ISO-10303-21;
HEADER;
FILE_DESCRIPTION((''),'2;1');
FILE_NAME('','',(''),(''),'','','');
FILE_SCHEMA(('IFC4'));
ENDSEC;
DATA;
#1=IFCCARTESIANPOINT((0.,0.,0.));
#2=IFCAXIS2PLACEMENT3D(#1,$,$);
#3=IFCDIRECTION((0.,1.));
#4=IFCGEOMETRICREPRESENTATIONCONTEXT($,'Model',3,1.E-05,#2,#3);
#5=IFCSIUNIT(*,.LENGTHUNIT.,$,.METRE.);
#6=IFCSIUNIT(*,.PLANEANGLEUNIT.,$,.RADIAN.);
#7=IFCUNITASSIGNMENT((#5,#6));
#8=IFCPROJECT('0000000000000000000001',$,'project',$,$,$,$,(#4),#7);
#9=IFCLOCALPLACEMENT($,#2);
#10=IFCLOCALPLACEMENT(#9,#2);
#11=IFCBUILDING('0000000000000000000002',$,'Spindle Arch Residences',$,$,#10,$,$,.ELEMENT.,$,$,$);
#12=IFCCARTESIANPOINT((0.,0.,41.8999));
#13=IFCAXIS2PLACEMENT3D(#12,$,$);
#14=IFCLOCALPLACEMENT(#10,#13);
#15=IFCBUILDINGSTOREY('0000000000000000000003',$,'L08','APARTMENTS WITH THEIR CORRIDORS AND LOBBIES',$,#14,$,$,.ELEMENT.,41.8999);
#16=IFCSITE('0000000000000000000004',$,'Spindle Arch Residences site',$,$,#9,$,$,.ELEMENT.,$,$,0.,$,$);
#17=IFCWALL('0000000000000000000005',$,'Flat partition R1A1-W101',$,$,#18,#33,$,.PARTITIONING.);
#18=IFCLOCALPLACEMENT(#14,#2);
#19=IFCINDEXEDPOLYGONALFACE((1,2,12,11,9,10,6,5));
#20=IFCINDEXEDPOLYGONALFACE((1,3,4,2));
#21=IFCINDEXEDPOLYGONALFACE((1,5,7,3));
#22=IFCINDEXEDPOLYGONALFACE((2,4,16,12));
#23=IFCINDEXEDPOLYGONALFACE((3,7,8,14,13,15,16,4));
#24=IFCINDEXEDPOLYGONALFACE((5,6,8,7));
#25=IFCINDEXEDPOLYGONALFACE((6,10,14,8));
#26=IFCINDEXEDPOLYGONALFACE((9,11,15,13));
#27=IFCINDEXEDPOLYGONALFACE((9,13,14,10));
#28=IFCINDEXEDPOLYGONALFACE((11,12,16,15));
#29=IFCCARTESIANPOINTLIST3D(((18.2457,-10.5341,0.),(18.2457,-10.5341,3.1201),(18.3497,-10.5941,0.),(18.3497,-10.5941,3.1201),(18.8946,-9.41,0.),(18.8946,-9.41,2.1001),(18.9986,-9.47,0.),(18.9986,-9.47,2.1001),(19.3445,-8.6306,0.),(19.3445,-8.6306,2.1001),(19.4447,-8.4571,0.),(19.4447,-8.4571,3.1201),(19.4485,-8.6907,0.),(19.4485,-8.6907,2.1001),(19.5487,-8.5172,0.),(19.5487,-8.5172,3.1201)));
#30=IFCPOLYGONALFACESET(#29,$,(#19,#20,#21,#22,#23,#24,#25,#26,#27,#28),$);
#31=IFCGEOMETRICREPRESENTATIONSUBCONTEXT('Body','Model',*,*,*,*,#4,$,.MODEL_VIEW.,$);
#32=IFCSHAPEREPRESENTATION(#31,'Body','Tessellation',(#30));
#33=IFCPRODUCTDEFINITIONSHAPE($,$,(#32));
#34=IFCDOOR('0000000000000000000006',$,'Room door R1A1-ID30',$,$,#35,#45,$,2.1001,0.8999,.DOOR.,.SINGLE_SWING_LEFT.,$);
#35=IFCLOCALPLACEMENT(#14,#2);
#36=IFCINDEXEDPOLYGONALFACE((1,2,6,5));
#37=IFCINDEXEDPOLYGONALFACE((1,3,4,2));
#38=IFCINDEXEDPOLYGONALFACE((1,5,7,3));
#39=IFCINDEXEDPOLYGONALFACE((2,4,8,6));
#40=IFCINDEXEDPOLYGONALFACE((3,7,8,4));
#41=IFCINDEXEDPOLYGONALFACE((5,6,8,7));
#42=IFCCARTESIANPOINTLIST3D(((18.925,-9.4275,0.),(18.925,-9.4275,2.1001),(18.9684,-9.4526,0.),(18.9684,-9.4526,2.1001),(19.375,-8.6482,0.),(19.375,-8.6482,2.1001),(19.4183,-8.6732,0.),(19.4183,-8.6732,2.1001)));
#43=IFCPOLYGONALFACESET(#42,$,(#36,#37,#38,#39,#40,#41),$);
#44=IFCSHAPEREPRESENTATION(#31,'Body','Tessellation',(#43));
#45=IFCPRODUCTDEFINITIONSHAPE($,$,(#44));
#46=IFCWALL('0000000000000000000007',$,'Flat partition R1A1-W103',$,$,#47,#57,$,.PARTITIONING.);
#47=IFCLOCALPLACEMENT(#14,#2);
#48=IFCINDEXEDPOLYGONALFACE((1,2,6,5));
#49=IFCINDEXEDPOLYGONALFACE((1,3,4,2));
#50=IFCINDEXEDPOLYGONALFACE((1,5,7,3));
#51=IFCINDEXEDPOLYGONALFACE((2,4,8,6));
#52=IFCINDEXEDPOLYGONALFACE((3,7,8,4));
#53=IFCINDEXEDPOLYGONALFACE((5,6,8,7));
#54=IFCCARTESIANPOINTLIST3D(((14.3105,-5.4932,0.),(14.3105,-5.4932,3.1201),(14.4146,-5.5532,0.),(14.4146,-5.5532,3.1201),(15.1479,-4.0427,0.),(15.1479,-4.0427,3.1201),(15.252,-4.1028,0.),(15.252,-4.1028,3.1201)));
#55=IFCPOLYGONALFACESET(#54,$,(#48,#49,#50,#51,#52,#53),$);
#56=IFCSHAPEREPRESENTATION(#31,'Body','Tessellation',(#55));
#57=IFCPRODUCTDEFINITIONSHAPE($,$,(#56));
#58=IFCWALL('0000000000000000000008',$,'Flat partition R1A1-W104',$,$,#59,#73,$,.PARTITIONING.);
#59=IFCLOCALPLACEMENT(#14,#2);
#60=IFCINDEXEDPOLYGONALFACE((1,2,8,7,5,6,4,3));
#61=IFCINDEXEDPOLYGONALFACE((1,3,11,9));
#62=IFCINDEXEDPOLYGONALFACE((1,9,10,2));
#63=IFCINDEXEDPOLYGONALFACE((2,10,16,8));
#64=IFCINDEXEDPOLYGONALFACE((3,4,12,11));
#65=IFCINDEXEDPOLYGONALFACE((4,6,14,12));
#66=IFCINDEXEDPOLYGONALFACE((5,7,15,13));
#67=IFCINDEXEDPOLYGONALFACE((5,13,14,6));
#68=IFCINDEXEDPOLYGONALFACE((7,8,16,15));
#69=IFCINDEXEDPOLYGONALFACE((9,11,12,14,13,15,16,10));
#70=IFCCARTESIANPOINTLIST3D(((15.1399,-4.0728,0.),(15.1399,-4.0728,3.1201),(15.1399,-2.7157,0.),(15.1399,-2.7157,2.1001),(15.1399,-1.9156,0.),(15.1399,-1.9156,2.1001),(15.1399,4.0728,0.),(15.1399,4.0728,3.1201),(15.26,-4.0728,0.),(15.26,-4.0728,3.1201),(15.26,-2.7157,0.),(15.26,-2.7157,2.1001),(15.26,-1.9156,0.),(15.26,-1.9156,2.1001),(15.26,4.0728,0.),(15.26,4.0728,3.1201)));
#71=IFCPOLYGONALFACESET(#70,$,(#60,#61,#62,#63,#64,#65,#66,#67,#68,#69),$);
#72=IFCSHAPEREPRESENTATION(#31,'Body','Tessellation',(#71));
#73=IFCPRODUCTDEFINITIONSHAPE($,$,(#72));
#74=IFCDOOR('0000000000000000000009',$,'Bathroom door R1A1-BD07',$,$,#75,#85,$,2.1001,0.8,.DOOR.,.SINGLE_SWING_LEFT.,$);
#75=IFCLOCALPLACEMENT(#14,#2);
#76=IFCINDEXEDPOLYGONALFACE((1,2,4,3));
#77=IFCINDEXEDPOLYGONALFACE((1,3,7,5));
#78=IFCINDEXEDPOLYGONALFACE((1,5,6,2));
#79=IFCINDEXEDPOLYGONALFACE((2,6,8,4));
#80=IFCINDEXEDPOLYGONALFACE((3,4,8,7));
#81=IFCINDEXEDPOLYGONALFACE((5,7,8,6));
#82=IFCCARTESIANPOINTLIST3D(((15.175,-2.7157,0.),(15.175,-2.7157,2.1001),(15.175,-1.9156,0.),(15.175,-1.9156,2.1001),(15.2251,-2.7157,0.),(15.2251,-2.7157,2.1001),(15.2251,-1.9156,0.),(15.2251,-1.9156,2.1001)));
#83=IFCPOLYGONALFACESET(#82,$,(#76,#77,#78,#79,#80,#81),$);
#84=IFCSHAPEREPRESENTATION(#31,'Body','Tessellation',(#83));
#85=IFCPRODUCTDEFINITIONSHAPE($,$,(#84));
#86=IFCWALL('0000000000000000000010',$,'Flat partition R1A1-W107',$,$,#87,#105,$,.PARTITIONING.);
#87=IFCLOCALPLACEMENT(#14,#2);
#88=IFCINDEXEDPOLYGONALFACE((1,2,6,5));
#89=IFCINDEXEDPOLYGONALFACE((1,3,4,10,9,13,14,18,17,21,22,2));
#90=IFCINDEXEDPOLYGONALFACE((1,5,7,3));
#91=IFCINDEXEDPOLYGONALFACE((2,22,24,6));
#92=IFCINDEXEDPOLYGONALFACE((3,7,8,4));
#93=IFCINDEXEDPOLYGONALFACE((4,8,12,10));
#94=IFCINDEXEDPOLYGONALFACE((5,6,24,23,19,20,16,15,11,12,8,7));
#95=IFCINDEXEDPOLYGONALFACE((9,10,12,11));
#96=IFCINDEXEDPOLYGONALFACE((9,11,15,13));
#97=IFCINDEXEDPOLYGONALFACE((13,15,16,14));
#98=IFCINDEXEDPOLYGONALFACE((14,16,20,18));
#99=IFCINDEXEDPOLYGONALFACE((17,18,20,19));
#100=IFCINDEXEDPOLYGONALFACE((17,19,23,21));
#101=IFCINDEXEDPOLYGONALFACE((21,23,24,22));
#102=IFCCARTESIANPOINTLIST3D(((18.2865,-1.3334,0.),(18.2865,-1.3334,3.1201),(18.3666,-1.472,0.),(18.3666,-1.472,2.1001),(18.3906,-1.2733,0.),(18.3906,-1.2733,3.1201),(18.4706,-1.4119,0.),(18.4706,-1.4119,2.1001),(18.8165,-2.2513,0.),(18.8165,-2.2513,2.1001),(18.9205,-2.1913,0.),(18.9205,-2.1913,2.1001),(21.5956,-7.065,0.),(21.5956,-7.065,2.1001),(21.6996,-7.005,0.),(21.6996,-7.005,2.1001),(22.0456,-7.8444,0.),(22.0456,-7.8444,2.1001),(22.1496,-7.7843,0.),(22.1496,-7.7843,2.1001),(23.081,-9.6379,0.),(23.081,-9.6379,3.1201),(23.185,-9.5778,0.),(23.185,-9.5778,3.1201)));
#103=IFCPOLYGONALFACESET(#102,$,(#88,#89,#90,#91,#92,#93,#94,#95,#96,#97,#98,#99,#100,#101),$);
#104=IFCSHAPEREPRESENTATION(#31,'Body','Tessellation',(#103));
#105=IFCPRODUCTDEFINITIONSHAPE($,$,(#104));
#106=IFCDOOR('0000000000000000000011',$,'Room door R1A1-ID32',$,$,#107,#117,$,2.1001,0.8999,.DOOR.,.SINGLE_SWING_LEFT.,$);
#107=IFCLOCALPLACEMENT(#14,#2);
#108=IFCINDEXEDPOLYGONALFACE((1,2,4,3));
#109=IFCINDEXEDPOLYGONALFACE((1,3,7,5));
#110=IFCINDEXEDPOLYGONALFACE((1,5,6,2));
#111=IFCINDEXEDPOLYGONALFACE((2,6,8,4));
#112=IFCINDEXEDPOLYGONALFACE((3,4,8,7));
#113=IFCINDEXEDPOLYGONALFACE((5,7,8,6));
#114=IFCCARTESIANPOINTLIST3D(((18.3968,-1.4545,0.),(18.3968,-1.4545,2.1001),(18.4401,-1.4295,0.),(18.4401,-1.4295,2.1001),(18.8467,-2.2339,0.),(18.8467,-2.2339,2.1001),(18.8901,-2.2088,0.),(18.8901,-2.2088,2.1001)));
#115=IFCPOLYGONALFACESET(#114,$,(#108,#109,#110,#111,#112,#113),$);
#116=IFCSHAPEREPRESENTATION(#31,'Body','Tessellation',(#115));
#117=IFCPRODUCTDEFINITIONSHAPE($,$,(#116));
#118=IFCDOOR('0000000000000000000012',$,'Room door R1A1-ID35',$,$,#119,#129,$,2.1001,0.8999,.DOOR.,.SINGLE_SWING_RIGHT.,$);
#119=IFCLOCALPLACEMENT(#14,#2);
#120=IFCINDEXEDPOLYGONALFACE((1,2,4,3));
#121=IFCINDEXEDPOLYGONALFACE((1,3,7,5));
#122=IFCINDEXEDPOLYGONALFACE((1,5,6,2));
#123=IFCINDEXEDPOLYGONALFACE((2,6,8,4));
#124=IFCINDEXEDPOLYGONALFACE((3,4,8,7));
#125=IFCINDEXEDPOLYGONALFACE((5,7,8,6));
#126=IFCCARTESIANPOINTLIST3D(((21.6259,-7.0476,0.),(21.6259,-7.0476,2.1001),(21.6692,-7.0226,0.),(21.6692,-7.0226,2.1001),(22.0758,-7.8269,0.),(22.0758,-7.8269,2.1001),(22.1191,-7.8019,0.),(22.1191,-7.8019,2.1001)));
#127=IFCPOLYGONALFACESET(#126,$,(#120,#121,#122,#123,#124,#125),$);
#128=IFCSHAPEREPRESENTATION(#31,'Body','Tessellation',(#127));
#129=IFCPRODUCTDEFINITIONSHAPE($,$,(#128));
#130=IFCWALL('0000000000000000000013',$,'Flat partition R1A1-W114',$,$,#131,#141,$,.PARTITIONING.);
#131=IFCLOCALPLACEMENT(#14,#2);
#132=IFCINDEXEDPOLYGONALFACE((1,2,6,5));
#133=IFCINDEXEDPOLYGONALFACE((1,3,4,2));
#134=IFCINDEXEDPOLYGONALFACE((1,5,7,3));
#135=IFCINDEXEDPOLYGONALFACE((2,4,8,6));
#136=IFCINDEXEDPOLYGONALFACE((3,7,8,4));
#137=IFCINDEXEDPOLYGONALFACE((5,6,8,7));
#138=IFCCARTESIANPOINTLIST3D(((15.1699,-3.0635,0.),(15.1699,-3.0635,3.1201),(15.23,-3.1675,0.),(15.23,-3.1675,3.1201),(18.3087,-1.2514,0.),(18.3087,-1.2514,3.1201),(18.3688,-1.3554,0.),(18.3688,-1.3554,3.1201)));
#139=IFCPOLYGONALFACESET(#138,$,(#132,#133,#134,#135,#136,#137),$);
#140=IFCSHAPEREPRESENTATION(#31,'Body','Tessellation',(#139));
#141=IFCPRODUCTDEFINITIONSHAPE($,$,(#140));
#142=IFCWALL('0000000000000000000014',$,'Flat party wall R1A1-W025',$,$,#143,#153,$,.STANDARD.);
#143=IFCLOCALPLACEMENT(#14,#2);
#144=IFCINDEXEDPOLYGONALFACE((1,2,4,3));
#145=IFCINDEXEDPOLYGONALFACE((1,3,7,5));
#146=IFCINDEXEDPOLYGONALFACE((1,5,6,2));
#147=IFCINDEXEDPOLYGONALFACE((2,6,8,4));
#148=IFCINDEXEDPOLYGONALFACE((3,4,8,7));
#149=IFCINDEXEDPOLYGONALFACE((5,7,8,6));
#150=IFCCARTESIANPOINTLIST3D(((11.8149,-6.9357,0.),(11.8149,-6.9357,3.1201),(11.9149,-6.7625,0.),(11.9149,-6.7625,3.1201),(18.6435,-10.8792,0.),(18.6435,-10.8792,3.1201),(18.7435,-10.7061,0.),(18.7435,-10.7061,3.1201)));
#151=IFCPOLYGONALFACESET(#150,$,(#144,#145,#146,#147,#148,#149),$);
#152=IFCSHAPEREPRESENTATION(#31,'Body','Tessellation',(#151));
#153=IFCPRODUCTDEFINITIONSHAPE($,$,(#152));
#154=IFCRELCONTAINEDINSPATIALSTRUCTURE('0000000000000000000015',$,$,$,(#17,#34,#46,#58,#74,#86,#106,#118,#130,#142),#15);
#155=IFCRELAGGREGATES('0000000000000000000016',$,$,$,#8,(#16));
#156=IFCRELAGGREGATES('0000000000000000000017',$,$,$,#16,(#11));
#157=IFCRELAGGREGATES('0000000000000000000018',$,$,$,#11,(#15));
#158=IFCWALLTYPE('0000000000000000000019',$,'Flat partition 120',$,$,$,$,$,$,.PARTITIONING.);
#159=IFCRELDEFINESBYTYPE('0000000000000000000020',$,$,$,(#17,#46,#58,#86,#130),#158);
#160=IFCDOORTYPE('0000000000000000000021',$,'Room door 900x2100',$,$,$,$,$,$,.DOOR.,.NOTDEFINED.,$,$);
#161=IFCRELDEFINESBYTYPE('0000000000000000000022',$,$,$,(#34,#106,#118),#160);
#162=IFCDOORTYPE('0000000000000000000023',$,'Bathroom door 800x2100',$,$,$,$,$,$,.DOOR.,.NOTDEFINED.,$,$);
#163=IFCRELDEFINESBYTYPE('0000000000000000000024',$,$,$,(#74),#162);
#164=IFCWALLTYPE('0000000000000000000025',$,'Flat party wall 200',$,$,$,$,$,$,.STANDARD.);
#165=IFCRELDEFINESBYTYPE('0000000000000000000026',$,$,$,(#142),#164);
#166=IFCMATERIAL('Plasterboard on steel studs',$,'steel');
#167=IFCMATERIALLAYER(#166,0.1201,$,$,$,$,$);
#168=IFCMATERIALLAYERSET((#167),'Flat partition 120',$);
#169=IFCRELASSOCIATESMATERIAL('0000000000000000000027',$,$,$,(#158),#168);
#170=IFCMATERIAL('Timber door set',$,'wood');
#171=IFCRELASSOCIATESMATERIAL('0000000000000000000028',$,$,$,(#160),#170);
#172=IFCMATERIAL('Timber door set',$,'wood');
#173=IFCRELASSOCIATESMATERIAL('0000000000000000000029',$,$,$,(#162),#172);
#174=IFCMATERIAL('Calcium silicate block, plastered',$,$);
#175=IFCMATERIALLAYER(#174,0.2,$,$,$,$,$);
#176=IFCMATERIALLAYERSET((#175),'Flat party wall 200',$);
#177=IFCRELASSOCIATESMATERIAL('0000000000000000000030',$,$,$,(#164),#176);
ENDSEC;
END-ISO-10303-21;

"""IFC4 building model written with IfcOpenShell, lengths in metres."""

from ifc_helpers import new_model, si_unit, direction, frame, frame_2d, origin, place, context, subcontext, project, spatial, rectangle, extrude, material, layer, layer_set, type_object, element, fill, save


model = new_model("IFC4")

# Units and contexts
model_context = context("Model", 3, precision=1e-05, world=origin(), true_north=direction((0.0, 1.0)))
body_context = subcontext(model_context, "Body", "Model", "MODEL_VIEW")
ifc_project = project(units=[si_unit("LENGTHUNIT", "METRE"), si_unit("PLANEANGLEUNIT", "RADIAN")], contexts=[model_context])

# Site, building, storey
site_placement = place(None, origin())
site = spatial("IfcSite", under=ifc_project, at=site_placement, Name="Spindle Arch Residences site", CompositionType="ELEMENT", RefElevation=0.0)
building_placement = place(site_placement, origin())
building = spatial("IfcBuilding", under=site, at=building_placement, Name="Spindle Arch Residences", CompositionType="ELEMENT")
storey_placement = place(building_placement, frame((0.0, 0.0, 41.8999)))
storey = spatial("IfcBuildingStorey", under=building, at=storey_placement, Name="L08", Description="APARTMENTS WITH THEIR CORRIDORS AND LOBBIES", CompositionType="ELEMENT", Elevation=41.8999)

# Wall, opening, door
ifc_material_1 = material(Name="Plasterboard on steel studs", Category="steel")
ifc_layer_1 = layer(ifc_material_1, 0.1201)
ifc_layer_set_1 = layer_set([ifc_layer_1], Name="Flat partition 120")
wall_type_1 = type_object("IfcWallType", Name="Flat partition 120", PredefinedType="PARTITIONING", material=ifc_layer_set_1)
wall_1_placement = place(storey_placement, frame((18.2976, -10.5642, 0.0), z_axis=(0.0, 0.0, 1.0), x_axis=(0.49996, 0.866048, 0.0)))
wall_1 = element("IfcWall", 1, at=wall_1_placement, inside=storey, type_object=wall_type_1, Name="Flat partition R1A1-W101", PredefinedType="PARTITIONING", context=body_context, shape_type="SweptSolid", body=[
    extrude(rectangle(XDim=2.3982, YDim=0.1201, at=frame_2d((1.1992, 0.0))), origin(), (0.0, 0.0, 1.0), 3.1201),
])
opening_1_placement = place(wall_1_placement, frame((1.2981, 0.0, 0.0)))
opening_1 = element("IfcOpeningElement", 2, at=opening_1_placement, cuts=wall_1, PredefinedType="OPENING", context=body_context, shape_type="SweptSolid", body=[
    extrude(rectangle(XDim=0.8999, YDim=2.1001, at=frame_2d((0.45, 1.05))), frame((0.0, 0.0701, 0.0), z_axis=(0.0, -1.0, 0.0), x_axis=(1.0, 0.0, 0.0)), (0.0, 0.0, 1.0), 0.1401),
])
ifc_material_2 = material(Name="Timber door set", Category="wood")
door_type_1 = type_object("IfcDoorType", Name="Room door 900x2100", OperationType="NOTDEFINED", PredefinedType="DOOR", material=ifc_material_2)
door_1_placement = place(opening_1_placement, origin())
door_1 = element("IfcDoor", 3, at=door_1_placement, inside=storey, type_object=door_type_1, Name="Room door R1A1-ID30", OperationType="SINGLE_SWING_LEFT", OverallHeight=2.1001, OverallWidth=0.8999, PredefinedType="DOOR", context=body_context, shape_type="SweptSolid", body=[
    extrude(rectangle(XDim=0.8999, YDim=2.1001, at=frame_2d((0.45, 1.05))), frame((0.0, 0.0249, 0.0), z_axis=(0.0, -1.0, 0.0), x_axis=(1.0, 0.0, 0.0)), (0.0, 0.0, 1.0), 0.05),
])
fill(opening_1, door_1)

# Wall
wall_2_placement = place(storey_placement, frame((14.3625, -5.5232, 0.0), z_axis=(0.0, 0.0, 1.0), x_axis=(0.499996, 0.866028, 0.0)))
element("IfcWall", 4, at=wall_2_placement, inside=storey, type_object=wall_type_1, Name="Flat partition R1A1-W103", PredefinedType="PARTITIONING", context=body_context, shape_type="SweptSolid", body=[
    extrude(rectangle(XDim=1.6748, YDim=0.1201, at=frame_2d((0.8374, 0.0))), origin(), (0.0, 0.0, 1.0), 3.1201),
])

# Wall, opening, door
wall_3_placement = place(storey_placement, frame((15.2, -4.0728, 0.0), z_axis=(0.0, 0.0, 1.0), x_axis=(0.0, 1.0, 0.0)))
wall_3 = element("IfcWall", 5, at=wall_3_placement, inside=storey, type_object=wall_type_1, Name="Flat partition R1A1-W104", PredefinedType="PARTITIONING", context=body_context, shape_type="SweptSolid", body=[
    extrude(rectangle(XDim=8.1455, YDim=0.1201, at=frame_2d((4.0728, 0.0))), origin(), (0.0, 0.0, 1.0), 3.1201),
])
opening_2_placement = place(wall_3_placement, frame((1.3572, 0.0, 0.0)))
opening_2 = element("IfcOpeningElement", 6, at=opening_2_placement, cuts=wall_3, PredefinedType="OPENING", context=body_context, shape_type="SweptSolid", body=[
    extrude(rectangle(XDim=0.8, YDim=2.1001, at=frame_2d((0.3999, 1.05))), frame((0.0, 0.0701, 0.0), z_axis=(0.0, -1.0, 0.0), x_axis=(1.0, 0.0, 0.0)), (0.0, 0.0, 1.0), 0.1401),
])
ifc_material_3 = material(Name="Timber door set", Category="wood")
door_type_2 = type_object("IfcDoorType", Name="Bathroom door 800x2100", OperationType="NOTDEFINED", PredefinedType="DOOR", material=ifc_material_3)
door_2_placement = place(opening_2_placement, origin())
door_2 = element("IfcDoor", 7, at=door_2_placement, inside=storey, type_object=door_type_2, Name="Bathroom door R1A1-BD07", OperationType="SINGLE_SWING_LEFT", OverallHeight=2.1001, OverallWidth=0.8, PredefinedType="DOOR", context=body_context, shape_type="SweptSolid", body=[
    extrude(rectangle(XDim=0.8, YDim=2.1001, at=frame_2d((0.3999, 1.05))), frame((0.0, 0.0249, 0.0), z_axis=(0.0, -1.0, 0.0), x_axis=(1.0, 0.0, 0.0)), (0.0, 0.0, 1.0), 0.05),
])
fill(opening_2, door_2)

# Wall, openings, doors
wall_4_placement = place(storey_placement, frame((18.3386, -1.3035, 0.0), z_axis=(0.0, 0.0, 1.0), x_axis=(0.499989, -0.866032, 0.0)))
wall_4 = element("IfcWall", 8, at=wall_4_placement, inside=storey, type_object=wall_type_1, Name="Flat partition R1A1-W107", PredefinedType="PARTITIONING", context=body_context, shape_type="SweptSolid", body=[
    extrude(rectangle(XDim=9.5891, YDim=0.1201, at=frame_2d((4.7944, 0.0))), origin(), (0.0, 0.0, 1.0), 3.1201),
])
opening_3_placement = place(wall_4_placement, frame((0.1599, 0.0, 0.0)))
opening_3 = element("IfcOpeningElement", 9, at=opening_3_placement, cuts=wall_4, PredefinedType="OPENING", context=body_context, shape_type="SweptSolid", body=[
    extrude(rectangle(XDim=0.8999, YDim=2.1001, at=frame_2d((0.45, 1.05))), frame((0.0, 0.0701, 0.0), z_axis=(0.0, -1.0, 0.0), x_axis=(1.0, 0.0, 0.0)), (0.0, 0.0, 1.0), 0.1401),
])
opening_4_placement = place(wall_4_placement, frame((6.6182, 0.0, 0.0)))
opening_4 = element("IfcOpeningElement", 10, at=opening_4_placement, cuts=wall_4, PredefinedType="OPENING", context=body_context, shape_type="SweptSolid", body=[
    extrude(rectangle(XDim=0.8999, YDim=2.1001, at=frame_2d((0.45, 1.05))), frame((0.0, 0.0701, 0.0), z_axis=(0.0, -1.0, 0.0), x_axis=(1.0, 0.0, 0.0)), (0.0, 0.0, 1.0), 0.1401),
])
door_3_placement = place(opening_3_placement, origin())
door_3 = element("IfcDoor", 11, at=door_3_placement, inside=storey, type_object=door_type_1, Name="Room door R1A1-ID32", OperationType="SINGLE_SWING_LEFT", OverallHeight=2.1001, OverallWidth=0.8999, PredefinedType="DOOR", context=body_context, shape_type="SweptSolid", body=[
    extrude(rectangle(XDim=0.8999, YDim=2.1001, at=frame_2d((0.45, 1.05))), frame((0.0, 0.0249, 0.0), z_axis=(0.0, -1.0, 0.0), x_axis=(1.0, 0.0, 0.0)), (0.0, 0.0, 1.0), 0.05),
])
fill(opening_3, door_3)
door_4_placement = place(opening_4_placement, origin())
door_4 = element("IfcDoor", 12, at=door_4_placement, inside=storey, type_object=door_type_1, Name="Room door R1A1-ID35", OperationType="SINGLE_SWING_RIGHT", OverallHeight=2.1001, OverallWidth=0.8999, PredefinedType="DOOR", context=body_context, shape_type="SweptSolid", body=[
    extrude(rectangle(XDim=0.8999, YDim=2.1001, at=frame_2d((0.45, 1.05))), frame((0.0, 0.0249, 0.0), z_axis=(0.0, -1.0, 0.0), x_axis=(1.0, 0.0, 0.0)), (0.0, 0.0, 1.0), 0.05),
])
fill(opening_4, door_4)

# Walls
wall_5_placement = place(storey_placement, frame((18.3386, -1.3035, 0.0), z_axis=(0.0, 0.0, 1.0), x_axis=(-0.866038, -0.499979, 0.0)))
element("IfcWall", 13, at=wall_5_placement, inside=storey, type_object=wall_type_1, Name="Flat partition R1A1-W114", PredefinedType="PARTITIONING", context=body_context, shape_type="SweptSolid", body=[
    extrude(rectangle(XDim=3.6243, YDim=0.1201, at=frame_2d((1.812, 0.0))), origin(), (0.0, 0.0, 1.0), 3.1201),
])
ifc_material_4 = material(Name="Calcium silicate block, plastered")
ifc_layer_2 = layer(ifc_material_4, 0.2)
ifc_layer_set_2 = layer_set([ifc_layer_2], Name="Flat party wall 200")
wall_type_2 = type_object("IfcWallType", Name="Flat party wall 200", PredefinedType="STANDARD", material=ifc_layer_set_2)
wall_6_placement = place(storey_placement, frame((18.6936, -10.7927, 0.0), z_axis=(0.0, 0.0, 1.0), x_axis=(-0.865965, 0.500105, 0.0)))
element("IfcWall", 14, at=wall_6_placement, inside=storey, type_object=wall_type_2, Name="Flat party wall R1A1-W025", PredefinedType="STANDARD", context=body_context, shape_type="SweptSolid", body=[
    extrude(rectangle(XDim=7.8855, YDim=0.2, at=frame_2d((3.9429, 0.0))), origin(), (0.0, 0.0, 1.0), 3.1201),
])

save(model, "model.ifc")
